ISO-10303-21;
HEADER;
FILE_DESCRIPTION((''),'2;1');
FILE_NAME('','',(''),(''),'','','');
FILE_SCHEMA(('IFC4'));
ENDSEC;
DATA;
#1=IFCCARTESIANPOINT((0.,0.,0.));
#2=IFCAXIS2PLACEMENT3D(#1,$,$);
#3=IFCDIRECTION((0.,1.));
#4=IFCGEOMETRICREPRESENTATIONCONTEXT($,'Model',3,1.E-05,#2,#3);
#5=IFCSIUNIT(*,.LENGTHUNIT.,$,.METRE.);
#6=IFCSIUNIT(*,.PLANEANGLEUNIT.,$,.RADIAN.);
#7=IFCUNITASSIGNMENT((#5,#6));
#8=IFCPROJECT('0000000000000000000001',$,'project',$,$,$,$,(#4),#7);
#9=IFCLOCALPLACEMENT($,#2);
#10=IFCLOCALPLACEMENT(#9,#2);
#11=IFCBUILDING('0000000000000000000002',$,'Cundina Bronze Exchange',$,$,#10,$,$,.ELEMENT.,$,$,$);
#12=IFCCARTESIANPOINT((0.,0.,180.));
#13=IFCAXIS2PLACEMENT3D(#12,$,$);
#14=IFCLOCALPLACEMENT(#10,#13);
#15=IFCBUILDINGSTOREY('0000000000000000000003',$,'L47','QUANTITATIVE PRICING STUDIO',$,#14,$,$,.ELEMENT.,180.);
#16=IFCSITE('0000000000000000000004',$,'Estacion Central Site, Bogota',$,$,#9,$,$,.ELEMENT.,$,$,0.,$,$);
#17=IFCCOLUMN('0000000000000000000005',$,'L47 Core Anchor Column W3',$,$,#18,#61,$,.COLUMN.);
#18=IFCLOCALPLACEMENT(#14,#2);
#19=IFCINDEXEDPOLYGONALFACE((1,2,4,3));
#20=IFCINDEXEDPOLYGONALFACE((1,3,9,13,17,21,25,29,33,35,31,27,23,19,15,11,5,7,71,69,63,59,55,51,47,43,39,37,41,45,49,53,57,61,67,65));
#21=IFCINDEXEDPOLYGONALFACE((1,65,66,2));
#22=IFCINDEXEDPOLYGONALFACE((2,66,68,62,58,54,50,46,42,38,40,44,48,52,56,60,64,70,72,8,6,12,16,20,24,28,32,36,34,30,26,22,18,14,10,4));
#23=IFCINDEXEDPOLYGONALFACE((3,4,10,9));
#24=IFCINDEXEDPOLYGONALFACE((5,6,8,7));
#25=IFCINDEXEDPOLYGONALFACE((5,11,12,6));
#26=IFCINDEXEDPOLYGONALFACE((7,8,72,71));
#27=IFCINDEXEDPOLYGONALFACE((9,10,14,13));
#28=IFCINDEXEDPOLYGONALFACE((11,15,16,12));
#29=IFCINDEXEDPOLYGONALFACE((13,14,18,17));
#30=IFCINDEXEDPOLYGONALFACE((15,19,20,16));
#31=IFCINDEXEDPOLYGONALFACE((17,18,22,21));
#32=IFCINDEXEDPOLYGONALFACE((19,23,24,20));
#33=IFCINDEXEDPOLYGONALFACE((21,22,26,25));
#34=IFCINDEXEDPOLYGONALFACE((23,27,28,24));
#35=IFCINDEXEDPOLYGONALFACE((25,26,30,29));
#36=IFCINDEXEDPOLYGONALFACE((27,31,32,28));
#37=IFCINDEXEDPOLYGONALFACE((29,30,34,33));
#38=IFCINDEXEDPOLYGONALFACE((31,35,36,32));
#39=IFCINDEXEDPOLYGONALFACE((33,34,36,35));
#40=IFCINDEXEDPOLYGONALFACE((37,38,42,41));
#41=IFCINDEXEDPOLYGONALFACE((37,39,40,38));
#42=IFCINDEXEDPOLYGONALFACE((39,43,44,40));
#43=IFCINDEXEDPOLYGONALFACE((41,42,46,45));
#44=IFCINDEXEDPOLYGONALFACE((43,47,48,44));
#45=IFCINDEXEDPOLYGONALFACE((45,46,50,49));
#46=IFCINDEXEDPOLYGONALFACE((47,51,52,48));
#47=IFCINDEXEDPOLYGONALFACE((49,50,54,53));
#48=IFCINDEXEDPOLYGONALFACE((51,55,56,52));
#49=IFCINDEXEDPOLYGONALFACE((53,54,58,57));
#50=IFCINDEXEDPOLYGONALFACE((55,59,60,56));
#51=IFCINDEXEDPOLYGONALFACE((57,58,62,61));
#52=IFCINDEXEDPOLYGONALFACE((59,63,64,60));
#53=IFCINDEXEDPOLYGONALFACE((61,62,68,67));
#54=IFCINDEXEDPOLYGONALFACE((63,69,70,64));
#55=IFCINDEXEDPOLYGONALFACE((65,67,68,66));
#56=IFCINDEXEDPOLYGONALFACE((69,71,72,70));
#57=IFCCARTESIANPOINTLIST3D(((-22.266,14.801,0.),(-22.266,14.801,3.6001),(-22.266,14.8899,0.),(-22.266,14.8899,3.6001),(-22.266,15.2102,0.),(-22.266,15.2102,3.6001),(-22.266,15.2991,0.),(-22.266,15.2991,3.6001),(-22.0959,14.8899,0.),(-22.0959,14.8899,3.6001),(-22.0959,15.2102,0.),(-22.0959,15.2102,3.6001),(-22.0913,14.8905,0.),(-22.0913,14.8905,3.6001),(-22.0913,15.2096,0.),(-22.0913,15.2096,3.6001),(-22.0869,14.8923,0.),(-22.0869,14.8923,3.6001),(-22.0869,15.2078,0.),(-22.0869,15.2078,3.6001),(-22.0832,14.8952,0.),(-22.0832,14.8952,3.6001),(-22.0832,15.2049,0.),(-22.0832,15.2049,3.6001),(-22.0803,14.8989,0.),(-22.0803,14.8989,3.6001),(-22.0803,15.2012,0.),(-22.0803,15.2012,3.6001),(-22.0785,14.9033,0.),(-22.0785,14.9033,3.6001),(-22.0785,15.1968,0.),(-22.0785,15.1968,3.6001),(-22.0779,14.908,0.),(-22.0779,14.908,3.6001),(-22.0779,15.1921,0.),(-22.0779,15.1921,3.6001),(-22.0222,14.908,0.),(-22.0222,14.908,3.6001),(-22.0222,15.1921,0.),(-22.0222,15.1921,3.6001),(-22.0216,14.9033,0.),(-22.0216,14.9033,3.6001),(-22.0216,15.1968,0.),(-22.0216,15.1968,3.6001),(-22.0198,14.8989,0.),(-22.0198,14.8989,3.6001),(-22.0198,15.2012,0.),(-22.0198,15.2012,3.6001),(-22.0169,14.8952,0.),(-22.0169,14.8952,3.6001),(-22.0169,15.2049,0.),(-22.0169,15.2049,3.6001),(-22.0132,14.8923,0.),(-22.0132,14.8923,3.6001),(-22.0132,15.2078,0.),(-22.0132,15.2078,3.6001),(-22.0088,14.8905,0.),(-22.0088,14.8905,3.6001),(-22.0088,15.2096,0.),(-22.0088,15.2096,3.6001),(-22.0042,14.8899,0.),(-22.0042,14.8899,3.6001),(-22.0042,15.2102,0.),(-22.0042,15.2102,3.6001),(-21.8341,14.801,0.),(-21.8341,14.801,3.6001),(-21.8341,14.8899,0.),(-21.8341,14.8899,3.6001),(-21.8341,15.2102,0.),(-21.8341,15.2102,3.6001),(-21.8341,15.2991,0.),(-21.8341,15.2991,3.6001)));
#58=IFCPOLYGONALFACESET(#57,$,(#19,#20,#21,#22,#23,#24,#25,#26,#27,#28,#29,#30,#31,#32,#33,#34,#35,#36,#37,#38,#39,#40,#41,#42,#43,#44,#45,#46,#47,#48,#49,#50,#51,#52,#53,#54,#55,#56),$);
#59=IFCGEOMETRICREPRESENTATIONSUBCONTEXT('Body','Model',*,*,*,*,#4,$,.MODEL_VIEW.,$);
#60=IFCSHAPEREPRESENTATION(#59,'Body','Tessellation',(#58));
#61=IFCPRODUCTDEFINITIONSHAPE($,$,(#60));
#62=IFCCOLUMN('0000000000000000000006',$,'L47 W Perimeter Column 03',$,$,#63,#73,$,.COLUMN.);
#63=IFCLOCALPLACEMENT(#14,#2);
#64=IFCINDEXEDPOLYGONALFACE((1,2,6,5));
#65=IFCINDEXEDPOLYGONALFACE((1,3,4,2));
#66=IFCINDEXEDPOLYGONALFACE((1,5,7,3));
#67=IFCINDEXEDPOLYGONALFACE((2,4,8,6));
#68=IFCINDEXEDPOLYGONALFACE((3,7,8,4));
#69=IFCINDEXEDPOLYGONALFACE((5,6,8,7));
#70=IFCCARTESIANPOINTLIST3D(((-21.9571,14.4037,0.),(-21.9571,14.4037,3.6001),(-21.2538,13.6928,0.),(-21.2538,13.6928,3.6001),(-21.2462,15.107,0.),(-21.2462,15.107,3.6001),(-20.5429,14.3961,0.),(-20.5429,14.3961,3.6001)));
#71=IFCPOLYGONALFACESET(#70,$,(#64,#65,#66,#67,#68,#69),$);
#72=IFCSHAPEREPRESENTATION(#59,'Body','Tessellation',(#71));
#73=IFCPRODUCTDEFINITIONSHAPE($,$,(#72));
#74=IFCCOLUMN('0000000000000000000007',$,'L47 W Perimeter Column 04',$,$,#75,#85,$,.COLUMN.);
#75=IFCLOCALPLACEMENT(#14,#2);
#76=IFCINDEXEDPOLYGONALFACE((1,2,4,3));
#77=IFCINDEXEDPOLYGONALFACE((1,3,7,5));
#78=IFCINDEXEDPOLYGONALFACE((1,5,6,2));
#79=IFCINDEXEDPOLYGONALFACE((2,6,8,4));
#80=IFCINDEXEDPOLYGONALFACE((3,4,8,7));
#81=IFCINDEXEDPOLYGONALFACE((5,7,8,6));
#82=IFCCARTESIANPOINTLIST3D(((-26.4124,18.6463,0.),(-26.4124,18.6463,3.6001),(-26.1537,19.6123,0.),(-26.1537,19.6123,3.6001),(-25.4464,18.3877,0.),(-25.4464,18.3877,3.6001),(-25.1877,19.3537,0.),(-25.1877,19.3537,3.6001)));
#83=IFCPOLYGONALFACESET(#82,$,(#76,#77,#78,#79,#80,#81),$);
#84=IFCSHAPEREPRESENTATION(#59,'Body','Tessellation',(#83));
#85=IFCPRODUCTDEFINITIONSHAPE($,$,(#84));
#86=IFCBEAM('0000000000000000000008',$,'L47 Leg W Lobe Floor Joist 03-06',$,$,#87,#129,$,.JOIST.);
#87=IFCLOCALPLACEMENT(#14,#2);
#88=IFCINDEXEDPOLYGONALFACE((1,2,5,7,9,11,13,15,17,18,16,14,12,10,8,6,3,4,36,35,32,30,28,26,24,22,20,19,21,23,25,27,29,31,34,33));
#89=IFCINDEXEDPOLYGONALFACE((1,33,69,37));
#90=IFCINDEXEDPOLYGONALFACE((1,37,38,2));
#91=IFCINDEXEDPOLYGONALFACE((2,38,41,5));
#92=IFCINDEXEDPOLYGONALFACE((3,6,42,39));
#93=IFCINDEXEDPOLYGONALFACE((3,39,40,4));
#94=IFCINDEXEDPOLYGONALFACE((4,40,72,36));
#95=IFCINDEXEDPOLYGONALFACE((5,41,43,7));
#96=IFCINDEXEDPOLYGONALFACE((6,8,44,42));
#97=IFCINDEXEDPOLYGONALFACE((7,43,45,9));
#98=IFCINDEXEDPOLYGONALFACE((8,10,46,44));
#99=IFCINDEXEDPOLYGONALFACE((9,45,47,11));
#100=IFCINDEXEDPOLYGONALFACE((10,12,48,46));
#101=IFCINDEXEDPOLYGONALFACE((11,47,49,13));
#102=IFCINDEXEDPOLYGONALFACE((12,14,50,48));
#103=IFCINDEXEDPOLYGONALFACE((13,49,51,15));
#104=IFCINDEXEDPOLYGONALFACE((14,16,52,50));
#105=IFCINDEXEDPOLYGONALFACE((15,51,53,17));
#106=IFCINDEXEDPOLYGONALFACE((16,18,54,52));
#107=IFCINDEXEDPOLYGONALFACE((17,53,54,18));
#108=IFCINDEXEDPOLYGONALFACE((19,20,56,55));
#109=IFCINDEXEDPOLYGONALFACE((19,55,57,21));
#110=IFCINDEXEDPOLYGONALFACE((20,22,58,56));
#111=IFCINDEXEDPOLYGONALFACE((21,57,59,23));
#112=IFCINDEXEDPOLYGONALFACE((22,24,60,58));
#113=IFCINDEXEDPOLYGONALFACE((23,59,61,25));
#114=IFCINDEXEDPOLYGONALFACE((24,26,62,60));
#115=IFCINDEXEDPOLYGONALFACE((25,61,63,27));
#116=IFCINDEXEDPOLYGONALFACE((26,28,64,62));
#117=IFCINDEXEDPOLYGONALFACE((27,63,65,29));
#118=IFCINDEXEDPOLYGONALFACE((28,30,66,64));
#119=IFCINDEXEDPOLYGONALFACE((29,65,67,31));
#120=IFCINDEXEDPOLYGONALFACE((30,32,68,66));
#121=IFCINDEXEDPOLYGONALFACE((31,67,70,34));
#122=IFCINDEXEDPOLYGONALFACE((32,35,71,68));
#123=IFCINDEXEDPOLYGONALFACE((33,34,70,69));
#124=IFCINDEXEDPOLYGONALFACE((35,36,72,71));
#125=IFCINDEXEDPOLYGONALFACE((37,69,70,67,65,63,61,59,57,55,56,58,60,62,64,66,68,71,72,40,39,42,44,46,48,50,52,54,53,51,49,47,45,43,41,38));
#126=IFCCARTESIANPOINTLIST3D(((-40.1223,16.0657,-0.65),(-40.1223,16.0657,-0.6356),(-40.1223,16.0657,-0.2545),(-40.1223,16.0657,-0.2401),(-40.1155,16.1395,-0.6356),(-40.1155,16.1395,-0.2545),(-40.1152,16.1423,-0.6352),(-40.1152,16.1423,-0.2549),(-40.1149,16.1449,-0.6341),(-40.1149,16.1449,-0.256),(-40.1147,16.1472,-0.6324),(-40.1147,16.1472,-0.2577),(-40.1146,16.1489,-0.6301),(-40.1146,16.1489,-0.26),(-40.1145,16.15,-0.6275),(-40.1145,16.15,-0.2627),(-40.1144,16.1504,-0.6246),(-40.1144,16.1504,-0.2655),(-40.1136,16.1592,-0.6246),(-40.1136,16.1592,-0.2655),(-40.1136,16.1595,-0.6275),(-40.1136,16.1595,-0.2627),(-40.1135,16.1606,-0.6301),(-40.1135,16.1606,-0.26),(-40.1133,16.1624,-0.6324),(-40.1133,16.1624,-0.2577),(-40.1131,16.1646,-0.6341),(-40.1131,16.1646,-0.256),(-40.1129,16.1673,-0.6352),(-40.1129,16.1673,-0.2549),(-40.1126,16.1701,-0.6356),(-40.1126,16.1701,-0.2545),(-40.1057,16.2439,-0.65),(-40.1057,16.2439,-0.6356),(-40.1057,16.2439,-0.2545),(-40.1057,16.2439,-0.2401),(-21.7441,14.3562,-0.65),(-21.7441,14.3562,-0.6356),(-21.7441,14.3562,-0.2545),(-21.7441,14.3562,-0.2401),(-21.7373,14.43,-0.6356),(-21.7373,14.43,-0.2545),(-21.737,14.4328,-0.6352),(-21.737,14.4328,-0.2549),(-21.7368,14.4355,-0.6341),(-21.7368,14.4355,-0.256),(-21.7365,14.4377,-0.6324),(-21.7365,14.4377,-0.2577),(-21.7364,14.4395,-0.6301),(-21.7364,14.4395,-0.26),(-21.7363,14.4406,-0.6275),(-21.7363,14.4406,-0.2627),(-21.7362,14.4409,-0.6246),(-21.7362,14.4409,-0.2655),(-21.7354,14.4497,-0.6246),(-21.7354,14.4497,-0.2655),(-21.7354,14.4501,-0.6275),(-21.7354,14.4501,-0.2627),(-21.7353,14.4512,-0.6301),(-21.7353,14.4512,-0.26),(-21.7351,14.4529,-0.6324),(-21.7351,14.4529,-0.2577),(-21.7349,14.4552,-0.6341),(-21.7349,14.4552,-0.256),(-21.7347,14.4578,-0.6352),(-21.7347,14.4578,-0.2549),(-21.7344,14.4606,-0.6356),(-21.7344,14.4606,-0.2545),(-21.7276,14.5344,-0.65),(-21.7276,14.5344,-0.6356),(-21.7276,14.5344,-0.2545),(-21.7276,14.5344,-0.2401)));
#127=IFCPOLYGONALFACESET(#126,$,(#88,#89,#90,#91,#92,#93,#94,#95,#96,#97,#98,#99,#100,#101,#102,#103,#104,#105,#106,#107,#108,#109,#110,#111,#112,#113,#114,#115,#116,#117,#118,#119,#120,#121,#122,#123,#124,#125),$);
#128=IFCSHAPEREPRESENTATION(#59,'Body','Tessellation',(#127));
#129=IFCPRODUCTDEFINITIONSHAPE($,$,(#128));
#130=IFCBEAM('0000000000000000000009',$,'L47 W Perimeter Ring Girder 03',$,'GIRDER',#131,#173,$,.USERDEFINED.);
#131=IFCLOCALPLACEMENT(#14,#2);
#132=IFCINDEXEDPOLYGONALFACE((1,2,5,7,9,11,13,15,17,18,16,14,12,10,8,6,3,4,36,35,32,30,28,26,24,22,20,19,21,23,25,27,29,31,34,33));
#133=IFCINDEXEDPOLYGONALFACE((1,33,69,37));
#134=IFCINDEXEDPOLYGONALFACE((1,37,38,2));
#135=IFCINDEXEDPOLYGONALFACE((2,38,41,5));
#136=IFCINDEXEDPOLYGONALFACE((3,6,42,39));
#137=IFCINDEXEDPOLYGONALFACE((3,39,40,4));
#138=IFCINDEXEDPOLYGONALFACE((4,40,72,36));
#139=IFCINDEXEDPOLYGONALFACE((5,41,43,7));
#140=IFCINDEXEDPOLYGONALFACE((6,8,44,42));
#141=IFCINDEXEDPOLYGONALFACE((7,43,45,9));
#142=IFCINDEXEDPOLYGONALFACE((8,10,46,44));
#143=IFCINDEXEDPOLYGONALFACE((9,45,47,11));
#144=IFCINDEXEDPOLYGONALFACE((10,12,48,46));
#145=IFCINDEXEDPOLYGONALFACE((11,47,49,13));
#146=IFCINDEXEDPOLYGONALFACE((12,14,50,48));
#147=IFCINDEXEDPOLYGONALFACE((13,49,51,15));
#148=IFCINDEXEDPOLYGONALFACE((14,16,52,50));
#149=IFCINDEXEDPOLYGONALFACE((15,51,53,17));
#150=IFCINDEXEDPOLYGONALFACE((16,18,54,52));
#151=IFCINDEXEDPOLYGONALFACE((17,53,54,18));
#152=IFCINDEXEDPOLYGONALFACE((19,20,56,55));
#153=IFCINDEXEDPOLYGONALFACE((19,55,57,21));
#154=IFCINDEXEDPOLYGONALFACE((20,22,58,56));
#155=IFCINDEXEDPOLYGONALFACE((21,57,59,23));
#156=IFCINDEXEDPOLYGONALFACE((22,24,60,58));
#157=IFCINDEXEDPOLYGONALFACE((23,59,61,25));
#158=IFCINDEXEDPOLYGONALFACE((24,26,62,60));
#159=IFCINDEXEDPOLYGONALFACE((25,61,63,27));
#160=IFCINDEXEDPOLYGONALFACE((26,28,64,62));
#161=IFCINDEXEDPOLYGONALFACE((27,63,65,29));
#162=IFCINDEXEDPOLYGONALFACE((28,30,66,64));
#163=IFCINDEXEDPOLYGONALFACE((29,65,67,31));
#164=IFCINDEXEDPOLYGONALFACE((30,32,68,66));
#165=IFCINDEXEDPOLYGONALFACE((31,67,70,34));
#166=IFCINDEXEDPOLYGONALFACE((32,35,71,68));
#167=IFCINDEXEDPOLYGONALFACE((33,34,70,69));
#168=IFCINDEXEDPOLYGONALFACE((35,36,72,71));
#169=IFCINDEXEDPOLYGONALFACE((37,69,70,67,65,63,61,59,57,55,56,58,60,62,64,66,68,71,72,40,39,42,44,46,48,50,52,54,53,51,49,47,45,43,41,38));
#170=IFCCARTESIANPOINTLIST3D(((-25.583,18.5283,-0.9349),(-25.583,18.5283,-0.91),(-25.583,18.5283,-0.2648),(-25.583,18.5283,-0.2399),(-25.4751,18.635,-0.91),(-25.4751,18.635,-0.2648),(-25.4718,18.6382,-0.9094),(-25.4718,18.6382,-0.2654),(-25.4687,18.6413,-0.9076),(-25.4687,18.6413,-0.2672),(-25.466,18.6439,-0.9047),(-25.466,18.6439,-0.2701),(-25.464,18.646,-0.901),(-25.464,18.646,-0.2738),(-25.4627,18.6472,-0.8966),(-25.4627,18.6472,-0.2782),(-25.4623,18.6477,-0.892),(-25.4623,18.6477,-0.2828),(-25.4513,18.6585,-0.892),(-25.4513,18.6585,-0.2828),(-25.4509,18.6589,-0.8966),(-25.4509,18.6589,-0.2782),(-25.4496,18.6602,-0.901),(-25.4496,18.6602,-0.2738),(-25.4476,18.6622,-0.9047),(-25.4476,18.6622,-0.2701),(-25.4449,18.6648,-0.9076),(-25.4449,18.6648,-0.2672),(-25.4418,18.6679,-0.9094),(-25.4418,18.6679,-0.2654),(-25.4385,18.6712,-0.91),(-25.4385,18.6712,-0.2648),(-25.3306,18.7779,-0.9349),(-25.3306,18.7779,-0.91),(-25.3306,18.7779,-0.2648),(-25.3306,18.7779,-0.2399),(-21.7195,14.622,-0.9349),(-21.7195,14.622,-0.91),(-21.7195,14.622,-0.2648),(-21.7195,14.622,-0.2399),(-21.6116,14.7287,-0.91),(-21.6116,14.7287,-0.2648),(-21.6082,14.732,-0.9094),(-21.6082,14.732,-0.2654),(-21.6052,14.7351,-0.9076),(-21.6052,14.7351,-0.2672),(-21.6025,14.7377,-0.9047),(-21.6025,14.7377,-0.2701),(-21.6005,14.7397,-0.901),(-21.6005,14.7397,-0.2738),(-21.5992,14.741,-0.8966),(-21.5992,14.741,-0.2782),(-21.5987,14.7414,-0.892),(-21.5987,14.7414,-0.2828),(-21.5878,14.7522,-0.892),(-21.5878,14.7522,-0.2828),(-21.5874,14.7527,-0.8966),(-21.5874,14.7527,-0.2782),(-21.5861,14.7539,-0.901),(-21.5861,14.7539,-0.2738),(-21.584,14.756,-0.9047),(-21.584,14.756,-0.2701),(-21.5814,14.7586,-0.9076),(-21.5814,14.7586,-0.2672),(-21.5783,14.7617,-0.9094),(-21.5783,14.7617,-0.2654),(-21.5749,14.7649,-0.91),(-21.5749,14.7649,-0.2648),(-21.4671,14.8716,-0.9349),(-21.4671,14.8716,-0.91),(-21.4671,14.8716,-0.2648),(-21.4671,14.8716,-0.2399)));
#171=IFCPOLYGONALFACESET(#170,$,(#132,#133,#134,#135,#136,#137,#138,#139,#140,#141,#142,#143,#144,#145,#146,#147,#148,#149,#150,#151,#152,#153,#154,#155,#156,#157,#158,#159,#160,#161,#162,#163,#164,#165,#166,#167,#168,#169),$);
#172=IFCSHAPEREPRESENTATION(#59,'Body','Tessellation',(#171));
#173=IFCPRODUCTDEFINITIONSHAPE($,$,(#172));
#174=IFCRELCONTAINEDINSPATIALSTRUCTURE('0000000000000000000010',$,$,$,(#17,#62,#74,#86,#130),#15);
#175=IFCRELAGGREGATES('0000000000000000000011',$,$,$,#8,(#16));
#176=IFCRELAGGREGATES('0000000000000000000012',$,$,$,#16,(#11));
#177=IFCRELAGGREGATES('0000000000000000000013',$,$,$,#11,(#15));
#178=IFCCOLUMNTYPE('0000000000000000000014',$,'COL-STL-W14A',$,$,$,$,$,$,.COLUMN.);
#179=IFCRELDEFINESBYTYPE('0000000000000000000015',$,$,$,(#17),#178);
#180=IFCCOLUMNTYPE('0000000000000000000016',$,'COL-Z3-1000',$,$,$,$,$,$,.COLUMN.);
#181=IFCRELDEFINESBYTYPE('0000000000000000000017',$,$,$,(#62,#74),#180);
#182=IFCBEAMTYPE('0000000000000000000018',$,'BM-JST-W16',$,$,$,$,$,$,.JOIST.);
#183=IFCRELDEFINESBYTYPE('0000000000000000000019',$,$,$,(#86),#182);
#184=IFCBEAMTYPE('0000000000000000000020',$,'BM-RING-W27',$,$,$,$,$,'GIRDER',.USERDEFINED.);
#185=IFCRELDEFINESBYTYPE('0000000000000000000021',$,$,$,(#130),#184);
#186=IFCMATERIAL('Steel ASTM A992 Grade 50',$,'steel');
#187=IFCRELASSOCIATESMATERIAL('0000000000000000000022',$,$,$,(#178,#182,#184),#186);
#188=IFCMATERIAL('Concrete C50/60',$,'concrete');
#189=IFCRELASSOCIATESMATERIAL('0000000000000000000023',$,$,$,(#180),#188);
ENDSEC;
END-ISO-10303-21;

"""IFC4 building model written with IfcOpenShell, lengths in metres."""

from ifc_helpers import new_model, si_unit, direction, frame, origin, origin_2d, place, context, subcontext, project, spatial, rectangle, i_section, extrude, material, material_profile, profile_set, type_object, element, save


model = new_model("IFC4")

# Units and contexts
model_context = context("Model", 3, precision=1e-05, world=origin(), true_north=direction((0.0, 1.0)))
body_context = subcontext(model_context, "Body", "Model", "MODEL_VIEW")
ifc_project = project(units=[si_unit("LENGTHUNIT", "METRE"), si_unit("PLANEANGLEUNIT", "RADIAN")], contexts=[model_context])

# Site, building, storey
site_placement = place(None, origin())
site = spatial("IfcSite", under=ifc_project, at=site_placement, Name="Estacion Central Site, Bogota", CompositionType="ELEMENT", RefElevation=0.0)
building_placement = place(site_placement, origin())
building = spatial("IfcBuilding", under=site, at=building_placement, Name="Cundina Bronze Exchange", CompositionType="ELEMENT")
storey_placement = place(building_placement, frame((0.0, 0.0, 180.0)))
storey = spatial("IfcBuildingStorey", under=building, at=storey_placement, Name="L47", Description="QUANTITATIVE PRICING STUDIO", CompositionType="ELEMENT", Elevation=180.0)

# Columns
ifc_material_1 = material(Name="Steel ASTM A992 Grade 50", Category="steel")
ifc_material_profile_1 = material_profile(ifc_material_1, i_section(OverallWidth=0.4319, OverallDepth=0.498, WebThickness=0.0557, FlangeThickness=0.0889, FilletRadius=0.0181, at=origin_2d()), Name="W14X500", Category="steel")
ifc_profile_set_1 = profile_set([ifc_material_profile_1], Name="Steel ASTM A992 Grade 50")
column_type_1 = type_object("IfcColumnType", Name="COL-STL-W14A", PredefinedType="COLUMN", material=ifc_profile_set_1)
column_placement = place(storey_placement, frame((-22.05, 15.05, 0.0), z_axis=(0.0, 0.0, 1.0), x_axis=(1.0, 0.0, 0.0)))
element("IfcColumn", 1, at=column_placement, inside=storey, type_object=column_type_1, Name="L47 Core Anchor Column W3", PredefinedType="COLUMN", context=body_context, shape_type="SweptSolid", body=[
    extrude(i_section(OverallWidth=0.4319, OverallDepth=0.498, WebThickness=0.0557, FlangeThickness=0.0889, FilletRadius=0.0181, at=origin_2d()), origin(), (0.0, 0.0, 1.0), 3.6001),
])
ifc_material_2 = material(Name="Concrete C50/60", Category="concrete")
ifc_material_profile_2 = material_profile(ifc_material_2, rectangle(XDim=1.0, YDim=1.0, at=origin_2d()), Name="RC1000X1000", Category="concrete")
ifc_profile_set_2 = profile_set([ifc_material_profile_2], Name="Concrete C50/60")
column_type_2 = type_object("IfcColumnType", Name="COL-Z3-1000", PredefinedType="COLUMN", material=ifc_profile_set_2)
for number, where, z_axis, x_axis, name in (
    (2, (-21.25, 14.3999, 0.0), (0.0, 0.0, 1.0), (-0.703271, 0.710922, 0.0), "L47 W Perimeter Column 03"),
    (3, (-25.8, 19.0, 0.0), (0.0, 0.0, 1.0), (-0.965971, 0.25865, 0.0), "L47 W Perimeter Column 04"),
):
    element("IfcColumn", number, at=place(storey_placement, frame(where, z_axis=z_axis, x_axis=x_axis)), inside=storey, type_object=column_type_2, Name=name, PredefinedType="COLUMN", context=body_context, shape_type="SweptSolid", body=[
        extrude(rectangle(XDim=1.0, YDim=1.0, at=origin_2d()), origin(), (0.0, 0.0, 1.0), 3.6001),
    ])

# Beams
ifc_material_profile_3 = material_profile(ifc_material_1, i_section(OverallWidth=0.179, OverallDepth=0.4099, WebThickness=0.0088, FlangeThickness=0.0144, FilletRadius=0.011, at=origin_2d()), Name="W16X45", Category="steel")
ifc_profile_set_3 = profile_set([ifc_material_profile_3], Name="Steel ASTM A992 Grade 50")
beam_type_1 = type_object("IfcBeamType", Name="BM-JST-W16", PredefinedType="JOIST", material=ifc_profile_set_3)
beam_1_placement = place(storey_placement, frame((-21.7358, 14.4453, -0.4451), z_axis=(-0.995702, 0.092617, 0.0), x_axis=(-0.092617, -0.995702, 0.0)))
element("IfcBeam", 4, at=beam_1_placement, inside=storey, type_object=beam_type_1, Name="L47 Leg W Lobe Floor Joist 03-06", PredefinedType="JOIST", context=body_context, shape_type="SweptSolid", body=[
    extrude(i_section(OverallWidth=0.179, OverallDepth=0.4099, WebThickness=0.0088, FlangeThickness=0.0144, FilletRadius=0.011, at=origin_2d()), origin(), (0.0, 0.0, 1.0), 18.4575),
])
ifc_material_profile_4 = material_profile(ifc_material_1, i_section(OverallWidth=0.355, OverallDepth=0.6951, WebThickness=0.0154, FlangeThickness=0.0249, FilletRadius=0.0181, at=origin_2d()), Name="W27X146", Category="steel")
ifc_profile_set_4 = profile_set([ifc_material_profile_4], Name="Steel ASTM A992 Grade 50")
beam_type_2 = type_object("IfcBeamType", Name="BM-RING-W27", ElementType="GIRDER", PredefinedType="USERDEFINED", material=ifc_profile_set_4)
beam_2_placement = place(storey_placement, frame((-21.5933, 14.7468, -0.5874), z_axis=(-0.703208, 0.710984, 0.0), x_axis=(-0.710984, -0.703208, 0.0)))
element("IfcBeam", 5, at=beam_2_placement, inside=storey, type_object=beam_type_2, Name="L47 W Perimeter Ring Girder 03", ObjectType="GIRDER", PredefinedType="USERDEFINED", context=body_context, shape_type="SweptSolid", body=[
    extrude(i_section(OverallWidth=0.355, OverallDepth=0.6951, WebThickness=0.0154, FlangeThickness=0.0249, FilletRadius=0.0181, at=origin_2d()), origin(), (0.0, 0.0, 1.0), 5.4941),
])

save(model, "model.ifc")
